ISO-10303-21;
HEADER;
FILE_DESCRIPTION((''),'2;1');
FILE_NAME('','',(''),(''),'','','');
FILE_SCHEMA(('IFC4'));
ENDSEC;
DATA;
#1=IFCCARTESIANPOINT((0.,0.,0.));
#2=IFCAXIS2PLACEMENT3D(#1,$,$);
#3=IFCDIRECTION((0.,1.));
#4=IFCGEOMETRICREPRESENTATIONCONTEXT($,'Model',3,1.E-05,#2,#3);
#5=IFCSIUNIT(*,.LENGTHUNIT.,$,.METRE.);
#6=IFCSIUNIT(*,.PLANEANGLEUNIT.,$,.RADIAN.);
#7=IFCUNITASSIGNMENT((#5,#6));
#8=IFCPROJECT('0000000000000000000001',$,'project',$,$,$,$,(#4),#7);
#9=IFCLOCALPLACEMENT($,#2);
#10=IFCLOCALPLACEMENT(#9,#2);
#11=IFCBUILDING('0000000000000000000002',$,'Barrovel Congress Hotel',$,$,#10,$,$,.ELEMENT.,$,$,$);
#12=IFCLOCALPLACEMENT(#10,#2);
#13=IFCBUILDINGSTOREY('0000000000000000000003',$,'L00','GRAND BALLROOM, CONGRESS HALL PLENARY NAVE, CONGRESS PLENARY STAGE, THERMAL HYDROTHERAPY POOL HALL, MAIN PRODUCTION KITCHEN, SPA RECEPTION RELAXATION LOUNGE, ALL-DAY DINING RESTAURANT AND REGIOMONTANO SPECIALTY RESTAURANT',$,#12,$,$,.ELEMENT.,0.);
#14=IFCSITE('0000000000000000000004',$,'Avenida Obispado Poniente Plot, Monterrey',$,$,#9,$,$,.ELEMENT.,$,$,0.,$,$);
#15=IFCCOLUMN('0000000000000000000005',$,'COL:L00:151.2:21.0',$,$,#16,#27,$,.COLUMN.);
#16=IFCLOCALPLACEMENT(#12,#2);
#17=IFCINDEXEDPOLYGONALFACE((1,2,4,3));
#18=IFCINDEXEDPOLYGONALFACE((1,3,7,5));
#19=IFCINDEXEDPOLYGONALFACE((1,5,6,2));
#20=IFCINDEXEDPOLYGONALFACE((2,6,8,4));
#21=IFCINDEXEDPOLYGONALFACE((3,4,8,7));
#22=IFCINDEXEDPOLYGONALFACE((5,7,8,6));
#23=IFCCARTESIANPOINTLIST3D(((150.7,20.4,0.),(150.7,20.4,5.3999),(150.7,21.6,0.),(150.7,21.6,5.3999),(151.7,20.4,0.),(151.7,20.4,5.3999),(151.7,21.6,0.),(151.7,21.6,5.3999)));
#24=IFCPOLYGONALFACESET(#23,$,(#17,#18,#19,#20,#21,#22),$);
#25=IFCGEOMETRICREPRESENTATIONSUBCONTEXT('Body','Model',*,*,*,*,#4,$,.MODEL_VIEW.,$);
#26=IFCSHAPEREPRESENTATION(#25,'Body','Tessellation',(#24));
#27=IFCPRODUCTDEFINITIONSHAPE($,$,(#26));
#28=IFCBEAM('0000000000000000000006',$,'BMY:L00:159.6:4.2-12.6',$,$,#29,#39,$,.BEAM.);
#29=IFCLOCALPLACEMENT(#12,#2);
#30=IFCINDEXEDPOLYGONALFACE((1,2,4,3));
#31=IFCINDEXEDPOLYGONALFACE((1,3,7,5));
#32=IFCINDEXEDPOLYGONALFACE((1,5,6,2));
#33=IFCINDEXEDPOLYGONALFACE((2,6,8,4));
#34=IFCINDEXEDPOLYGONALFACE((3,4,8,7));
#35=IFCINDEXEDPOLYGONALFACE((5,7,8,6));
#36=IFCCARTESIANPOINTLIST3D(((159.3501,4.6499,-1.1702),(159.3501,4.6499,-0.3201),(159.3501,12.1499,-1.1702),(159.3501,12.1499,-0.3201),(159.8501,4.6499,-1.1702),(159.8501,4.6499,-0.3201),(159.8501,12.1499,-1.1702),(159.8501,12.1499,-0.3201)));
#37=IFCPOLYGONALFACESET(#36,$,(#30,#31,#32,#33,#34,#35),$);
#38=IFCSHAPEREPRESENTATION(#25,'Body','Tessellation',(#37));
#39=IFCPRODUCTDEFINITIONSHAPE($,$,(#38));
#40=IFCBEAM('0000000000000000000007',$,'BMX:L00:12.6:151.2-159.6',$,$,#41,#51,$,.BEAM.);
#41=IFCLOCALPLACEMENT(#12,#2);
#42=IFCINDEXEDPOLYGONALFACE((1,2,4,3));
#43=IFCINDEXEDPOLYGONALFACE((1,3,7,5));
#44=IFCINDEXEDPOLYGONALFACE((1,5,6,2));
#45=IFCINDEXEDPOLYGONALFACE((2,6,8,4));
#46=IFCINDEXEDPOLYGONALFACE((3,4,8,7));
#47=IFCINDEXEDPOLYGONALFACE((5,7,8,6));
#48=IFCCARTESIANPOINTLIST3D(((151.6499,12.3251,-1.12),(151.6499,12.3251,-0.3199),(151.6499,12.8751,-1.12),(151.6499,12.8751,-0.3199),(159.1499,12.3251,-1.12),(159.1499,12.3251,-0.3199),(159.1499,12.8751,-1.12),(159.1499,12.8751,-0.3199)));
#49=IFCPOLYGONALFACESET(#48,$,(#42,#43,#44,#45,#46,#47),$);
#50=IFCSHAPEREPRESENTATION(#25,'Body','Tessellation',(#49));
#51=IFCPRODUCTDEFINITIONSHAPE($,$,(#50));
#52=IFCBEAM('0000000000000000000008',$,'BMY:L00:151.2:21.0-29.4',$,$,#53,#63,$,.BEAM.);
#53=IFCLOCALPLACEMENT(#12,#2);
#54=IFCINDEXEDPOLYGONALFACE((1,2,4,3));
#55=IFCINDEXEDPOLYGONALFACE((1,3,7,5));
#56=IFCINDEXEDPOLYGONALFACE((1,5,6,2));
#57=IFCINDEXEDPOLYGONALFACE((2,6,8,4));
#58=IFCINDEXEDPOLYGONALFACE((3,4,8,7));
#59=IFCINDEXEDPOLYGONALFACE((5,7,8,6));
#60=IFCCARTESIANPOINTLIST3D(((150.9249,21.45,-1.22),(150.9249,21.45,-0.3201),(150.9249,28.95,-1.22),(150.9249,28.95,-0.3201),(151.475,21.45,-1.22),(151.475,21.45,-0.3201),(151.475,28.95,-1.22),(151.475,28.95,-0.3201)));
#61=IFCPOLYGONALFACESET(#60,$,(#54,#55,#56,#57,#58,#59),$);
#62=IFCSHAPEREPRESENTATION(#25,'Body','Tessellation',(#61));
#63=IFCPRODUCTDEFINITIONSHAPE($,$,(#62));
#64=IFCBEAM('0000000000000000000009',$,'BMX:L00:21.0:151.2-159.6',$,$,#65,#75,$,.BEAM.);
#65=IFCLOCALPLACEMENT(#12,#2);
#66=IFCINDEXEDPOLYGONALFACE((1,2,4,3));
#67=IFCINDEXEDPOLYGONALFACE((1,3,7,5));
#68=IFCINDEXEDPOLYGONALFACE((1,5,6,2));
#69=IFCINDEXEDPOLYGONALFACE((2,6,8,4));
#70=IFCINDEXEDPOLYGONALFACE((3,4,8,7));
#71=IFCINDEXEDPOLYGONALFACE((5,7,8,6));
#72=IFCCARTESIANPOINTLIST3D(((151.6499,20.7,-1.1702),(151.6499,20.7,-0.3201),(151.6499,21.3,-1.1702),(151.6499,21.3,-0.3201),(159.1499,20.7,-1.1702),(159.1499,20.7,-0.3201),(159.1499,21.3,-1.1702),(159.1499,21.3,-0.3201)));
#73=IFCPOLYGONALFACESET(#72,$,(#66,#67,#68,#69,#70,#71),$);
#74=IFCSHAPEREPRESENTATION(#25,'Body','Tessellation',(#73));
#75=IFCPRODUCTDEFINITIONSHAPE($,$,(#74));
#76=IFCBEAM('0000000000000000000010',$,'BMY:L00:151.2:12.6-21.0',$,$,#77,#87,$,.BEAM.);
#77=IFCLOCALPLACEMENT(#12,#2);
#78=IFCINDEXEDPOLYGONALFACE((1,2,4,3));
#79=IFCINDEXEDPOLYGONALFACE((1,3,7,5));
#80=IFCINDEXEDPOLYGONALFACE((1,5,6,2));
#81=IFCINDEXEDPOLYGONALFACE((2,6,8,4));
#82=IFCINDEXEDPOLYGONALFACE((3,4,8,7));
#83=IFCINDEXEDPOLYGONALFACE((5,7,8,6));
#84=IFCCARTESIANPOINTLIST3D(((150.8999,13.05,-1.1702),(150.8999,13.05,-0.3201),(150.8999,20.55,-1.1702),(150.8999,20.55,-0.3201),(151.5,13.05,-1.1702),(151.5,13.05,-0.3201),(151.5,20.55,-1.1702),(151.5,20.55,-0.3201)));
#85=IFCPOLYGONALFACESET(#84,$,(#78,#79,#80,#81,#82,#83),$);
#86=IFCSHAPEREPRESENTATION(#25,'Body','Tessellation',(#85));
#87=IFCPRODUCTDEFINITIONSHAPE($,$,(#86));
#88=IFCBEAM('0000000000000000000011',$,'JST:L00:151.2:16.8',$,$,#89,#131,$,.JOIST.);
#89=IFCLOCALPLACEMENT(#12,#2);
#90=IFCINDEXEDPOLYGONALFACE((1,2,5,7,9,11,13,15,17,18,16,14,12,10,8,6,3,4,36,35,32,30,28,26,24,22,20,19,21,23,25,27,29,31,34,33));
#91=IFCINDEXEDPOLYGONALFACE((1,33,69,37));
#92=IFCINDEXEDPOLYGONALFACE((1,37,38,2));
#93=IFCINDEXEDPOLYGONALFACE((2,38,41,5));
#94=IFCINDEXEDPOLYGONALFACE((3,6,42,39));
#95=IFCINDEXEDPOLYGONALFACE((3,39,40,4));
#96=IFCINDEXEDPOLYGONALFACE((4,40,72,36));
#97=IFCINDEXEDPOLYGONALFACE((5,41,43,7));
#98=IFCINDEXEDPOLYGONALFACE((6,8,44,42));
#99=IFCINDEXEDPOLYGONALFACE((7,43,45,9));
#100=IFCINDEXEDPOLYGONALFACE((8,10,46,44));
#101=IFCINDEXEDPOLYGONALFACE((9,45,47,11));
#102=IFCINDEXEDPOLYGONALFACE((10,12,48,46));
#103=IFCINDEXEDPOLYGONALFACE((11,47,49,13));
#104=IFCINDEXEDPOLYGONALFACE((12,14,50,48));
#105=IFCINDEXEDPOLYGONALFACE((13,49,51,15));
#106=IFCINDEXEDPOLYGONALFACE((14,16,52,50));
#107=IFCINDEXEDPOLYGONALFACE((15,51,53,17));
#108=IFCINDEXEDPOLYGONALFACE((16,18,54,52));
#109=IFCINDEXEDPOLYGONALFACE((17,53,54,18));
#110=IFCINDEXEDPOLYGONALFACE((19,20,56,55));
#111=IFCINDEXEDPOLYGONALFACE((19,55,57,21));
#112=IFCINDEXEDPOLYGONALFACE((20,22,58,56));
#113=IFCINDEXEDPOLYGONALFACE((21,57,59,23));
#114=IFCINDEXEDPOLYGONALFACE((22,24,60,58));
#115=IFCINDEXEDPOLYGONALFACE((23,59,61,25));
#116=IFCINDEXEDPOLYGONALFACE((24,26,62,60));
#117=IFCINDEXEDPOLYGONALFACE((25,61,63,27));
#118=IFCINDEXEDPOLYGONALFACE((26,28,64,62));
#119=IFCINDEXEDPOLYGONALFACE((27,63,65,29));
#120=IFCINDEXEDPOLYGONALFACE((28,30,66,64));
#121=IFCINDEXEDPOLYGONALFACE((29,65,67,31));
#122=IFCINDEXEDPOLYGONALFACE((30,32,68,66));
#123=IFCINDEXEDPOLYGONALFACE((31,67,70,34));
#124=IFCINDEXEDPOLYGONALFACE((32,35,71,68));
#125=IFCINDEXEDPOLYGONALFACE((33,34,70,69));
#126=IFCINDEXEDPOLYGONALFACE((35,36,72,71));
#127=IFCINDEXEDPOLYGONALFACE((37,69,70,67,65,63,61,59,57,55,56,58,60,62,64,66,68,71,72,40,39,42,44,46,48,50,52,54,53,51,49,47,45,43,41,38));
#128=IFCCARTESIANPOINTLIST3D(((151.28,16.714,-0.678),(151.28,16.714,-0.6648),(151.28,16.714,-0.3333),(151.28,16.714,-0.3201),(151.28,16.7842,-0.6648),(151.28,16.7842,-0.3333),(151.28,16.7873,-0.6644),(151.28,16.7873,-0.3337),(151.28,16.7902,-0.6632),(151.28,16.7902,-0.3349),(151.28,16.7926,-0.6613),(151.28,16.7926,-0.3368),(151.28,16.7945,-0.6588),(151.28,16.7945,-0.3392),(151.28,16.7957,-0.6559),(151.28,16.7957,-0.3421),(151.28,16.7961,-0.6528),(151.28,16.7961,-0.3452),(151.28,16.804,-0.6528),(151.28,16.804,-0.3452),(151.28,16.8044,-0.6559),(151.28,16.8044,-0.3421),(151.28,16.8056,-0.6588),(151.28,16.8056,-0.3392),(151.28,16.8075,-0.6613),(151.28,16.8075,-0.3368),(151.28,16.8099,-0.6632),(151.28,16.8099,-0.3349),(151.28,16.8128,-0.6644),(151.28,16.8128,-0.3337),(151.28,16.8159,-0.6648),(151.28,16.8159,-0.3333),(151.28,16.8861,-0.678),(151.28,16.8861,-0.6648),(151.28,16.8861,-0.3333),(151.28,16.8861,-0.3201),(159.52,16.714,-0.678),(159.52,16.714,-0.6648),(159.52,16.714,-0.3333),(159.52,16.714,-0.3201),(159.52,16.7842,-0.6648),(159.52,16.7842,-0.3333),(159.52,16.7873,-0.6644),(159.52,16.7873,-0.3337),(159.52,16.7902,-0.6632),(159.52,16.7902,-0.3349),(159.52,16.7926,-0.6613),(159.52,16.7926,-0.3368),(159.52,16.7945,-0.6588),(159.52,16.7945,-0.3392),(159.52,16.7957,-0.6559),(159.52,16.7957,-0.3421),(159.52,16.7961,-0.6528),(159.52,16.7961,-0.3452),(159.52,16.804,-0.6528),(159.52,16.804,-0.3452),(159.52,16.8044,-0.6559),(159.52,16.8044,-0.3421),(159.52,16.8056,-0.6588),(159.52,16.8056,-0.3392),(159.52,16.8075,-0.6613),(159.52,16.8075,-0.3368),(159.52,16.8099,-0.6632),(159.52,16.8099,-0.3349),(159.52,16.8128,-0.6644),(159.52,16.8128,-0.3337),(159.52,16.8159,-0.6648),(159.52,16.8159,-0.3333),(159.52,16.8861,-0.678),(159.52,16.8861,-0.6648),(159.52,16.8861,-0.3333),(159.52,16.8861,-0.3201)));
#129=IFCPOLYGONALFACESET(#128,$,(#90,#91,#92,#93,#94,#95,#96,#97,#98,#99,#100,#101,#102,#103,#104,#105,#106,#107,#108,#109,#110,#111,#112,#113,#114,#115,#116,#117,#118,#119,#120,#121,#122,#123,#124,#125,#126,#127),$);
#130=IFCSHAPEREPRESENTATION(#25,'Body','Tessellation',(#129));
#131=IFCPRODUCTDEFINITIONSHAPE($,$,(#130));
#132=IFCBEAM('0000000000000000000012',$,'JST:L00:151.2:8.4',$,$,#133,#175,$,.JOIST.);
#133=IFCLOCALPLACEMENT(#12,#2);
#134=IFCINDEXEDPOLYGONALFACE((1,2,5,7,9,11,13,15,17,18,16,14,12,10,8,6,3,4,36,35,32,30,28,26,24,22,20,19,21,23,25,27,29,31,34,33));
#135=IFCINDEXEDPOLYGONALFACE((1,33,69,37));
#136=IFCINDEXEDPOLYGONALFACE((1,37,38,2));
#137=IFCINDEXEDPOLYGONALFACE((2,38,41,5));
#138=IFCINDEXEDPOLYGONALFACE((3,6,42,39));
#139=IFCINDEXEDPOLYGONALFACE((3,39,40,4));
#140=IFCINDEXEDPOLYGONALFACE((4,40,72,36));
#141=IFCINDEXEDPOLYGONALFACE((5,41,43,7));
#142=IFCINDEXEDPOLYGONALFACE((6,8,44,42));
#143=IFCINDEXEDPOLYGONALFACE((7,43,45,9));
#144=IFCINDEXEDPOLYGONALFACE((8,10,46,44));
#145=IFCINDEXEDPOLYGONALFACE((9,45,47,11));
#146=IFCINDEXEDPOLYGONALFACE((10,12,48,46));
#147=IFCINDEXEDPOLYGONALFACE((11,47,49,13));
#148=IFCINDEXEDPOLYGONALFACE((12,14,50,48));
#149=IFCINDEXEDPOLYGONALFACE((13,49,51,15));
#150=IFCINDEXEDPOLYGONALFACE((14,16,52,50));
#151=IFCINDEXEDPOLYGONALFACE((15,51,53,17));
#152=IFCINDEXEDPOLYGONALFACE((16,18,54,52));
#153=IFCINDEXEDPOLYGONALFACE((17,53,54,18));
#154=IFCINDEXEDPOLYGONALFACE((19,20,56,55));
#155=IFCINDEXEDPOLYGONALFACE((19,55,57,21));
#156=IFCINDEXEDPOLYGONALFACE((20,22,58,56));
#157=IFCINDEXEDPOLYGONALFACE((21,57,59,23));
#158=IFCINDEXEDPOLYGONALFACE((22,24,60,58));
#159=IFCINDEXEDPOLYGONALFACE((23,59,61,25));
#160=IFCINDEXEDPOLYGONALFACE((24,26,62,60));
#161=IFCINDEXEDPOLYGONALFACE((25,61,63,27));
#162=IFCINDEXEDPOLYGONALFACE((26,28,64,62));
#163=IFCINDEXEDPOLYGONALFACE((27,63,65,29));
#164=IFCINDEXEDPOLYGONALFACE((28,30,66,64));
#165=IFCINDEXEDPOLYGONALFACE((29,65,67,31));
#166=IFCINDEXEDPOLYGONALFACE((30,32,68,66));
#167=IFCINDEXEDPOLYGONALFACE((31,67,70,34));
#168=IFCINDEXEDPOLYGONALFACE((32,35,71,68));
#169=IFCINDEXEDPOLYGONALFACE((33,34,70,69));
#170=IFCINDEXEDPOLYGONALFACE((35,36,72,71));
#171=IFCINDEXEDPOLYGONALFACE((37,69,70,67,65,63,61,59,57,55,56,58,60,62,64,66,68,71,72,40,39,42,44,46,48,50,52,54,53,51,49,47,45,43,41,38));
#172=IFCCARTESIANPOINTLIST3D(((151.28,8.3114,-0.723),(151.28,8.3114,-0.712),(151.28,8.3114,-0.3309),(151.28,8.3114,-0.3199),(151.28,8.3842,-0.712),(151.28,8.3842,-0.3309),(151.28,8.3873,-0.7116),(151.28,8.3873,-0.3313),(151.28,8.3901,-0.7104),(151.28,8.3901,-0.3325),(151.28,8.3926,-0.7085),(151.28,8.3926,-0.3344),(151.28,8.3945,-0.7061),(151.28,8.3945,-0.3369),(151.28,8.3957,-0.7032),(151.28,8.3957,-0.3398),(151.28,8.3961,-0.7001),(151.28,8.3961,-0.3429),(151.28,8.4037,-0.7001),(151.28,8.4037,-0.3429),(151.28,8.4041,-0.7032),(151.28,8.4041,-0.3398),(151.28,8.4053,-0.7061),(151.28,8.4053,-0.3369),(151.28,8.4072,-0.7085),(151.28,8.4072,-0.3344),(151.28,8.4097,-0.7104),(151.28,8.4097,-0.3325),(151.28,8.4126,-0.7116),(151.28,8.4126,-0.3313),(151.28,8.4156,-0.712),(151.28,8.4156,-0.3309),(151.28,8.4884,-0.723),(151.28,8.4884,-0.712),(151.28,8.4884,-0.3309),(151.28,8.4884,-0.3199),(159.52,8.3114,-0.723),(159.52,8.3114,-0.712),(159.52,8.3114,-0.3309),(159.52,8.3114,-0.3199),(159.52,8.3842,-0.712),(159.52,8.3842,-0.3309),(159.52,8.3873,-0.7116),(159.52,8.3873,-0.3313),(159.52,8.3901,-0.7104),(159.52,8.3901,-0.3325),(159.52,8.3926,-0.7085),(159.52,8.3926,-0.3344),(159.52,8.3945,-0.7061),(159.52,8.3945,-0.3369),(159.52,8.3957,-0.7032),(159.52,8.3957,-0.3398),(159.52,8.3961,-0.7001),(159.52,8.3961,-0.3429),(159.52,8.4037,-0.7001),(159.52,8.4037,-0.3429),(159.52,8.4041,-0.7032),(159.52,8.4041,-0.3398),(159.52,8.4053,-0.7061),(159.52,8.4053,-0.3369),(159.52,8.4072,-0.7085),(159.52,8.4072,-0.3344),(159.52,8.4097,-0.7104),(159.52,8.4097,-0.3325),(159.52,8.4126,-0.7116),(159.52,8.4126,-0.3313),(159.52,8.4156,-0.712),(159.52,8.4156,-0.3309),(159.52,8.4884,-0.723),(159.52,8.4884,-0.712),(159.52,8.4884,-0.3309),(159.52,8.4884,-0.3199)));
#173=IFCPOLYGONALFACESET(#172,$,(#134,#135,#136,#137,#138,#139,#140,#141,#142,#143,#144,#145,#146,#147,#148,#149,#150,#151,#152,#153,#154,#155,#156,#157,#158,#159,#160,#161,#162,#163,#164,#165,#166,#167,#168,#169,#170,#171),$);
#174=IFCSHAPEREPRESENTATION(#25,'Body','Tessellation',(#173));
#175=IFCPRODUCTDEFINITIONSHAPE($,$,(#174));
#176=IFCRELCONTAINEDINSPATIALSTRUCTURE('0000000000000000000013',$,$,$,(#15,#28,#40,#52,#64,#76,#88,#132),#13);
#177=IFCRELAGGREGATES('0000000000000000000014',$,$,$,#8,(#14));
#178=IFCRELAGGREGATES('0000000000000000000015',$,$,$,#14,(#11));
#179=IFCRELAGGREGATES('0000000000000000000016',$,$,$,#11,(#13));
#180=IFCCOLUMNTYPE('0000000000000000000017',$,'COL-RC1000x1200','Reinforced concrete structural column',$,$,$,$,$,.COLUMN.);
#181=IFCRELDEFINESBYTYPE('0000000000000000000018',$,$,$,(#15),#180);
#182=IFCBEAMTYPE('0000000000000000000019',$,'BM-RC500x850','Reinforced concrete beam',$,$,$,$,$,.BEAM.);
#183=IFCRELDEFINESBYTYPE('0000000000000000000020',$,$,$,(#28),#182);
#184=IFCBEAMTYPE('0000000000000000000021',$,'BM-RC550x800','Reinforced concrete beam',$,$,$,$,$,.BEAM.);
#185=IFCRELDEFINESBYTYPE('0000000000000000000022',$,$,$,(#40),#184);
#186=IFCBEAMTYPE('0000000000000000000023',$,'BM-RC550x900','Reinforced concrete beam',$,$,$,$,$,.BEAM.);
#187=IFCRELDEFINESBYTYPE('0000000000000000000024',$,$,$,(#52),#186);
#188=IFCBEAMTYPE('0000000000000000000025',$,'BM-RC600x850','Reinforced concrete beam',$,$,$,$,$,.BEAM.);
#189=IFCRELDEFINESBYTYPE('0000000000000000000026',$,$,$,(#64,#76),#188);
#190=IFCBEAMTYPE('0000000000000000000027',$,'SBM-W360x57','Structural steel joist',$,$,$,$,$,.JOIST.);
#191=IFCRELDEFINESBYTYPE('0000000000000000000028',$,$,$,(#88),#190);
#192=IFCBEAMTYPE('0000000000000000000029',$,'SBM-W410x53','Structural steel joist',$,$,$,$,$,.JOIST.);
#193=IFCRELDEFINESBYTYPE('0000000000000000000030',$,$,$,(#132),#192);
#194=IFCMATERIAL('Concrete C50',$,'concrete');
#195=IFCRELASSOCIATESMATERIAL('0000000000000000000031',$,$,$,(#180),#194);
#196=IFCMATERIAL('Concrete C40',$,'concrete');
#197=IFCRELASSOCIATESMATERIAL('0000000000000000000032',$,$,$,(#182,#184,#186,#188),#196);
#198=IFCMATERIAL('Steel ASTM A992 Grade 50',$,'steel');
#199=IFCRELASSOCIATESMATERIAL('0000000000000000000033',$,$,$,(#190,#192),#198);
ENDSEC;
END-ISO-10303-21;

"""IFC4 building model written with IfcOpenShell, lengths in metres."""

from ifc_helpers import new_model, si_unit, direction, frame, origin, origin_2d, place, context, subcontext, project, spatial, rectangle, i_section, extrude, material, material_profile, profile_set, type_object, element, save


model = new_model("IFC4")

# Units and contexts
model_context = context("Model", 3, precision=1e-05, world=origin(), true_north=direction((0.0, 1.0)))
body_context = subcontext(model_context, "Body", "Model", "MODEL_VIEW")
ifc_project = project(units=[si_unit("LENGTHUNIT", "METRE"), si_unit("PLANEANGLEUNIT", "RADIAN")], contexts=[model_context])

# Site, building, storey
site_placement = place(None, origin())
site = spatial("IfcSite", under=ifc_project, at=site_placement, Name="Avenida Obispado Poniente Plot, Monterrey", CompositionType="ELEMENT", RefElevation=0.0)
building_placement = place(site_placement, origin())
building = spatial("IfcBuilding", under=site, at=building_placement, Name="Barrovel Congress Hotel", CompositionType="ELEMENT")
storey_placement = place(building_placement, origin())
storey = spatial("IfcBuildingStorey", under=building, at=storey_placement, Name="L00", Description="GRAND BALLROOM, CONGRESS HALL PLENARY NAVE, CONGRESS PLENARY STAGE, THERMAL HYDROTHERAPY POOL HALL, MAIN PRODUCTION KITCHEN, SPA RECEPTION RELAXATION LOUNGE, ALL-DAY DINING RESTAURANT AND REGIOMONTANO SPECIALTY RESTAURANT", CompositionType="ELEMENT", Elevation=0.0)

# Column
ifc_material_1 = material(Name="Concrete C50", Category="concrete")
ifc_material_profile_1 = material_profile(ifc_material_1, rectangle(XDim=1.0, YDim=1.2, at=origin_2d()), Name="RC1000x1200")
ifc_profile_set_1 = profile_set([ifc_material_profile_1], Name="Concrete C50")
column_type = type_object("IfcColumnType", Name="COL-RC1000x1200", Description="Reinforced concrete structural column", PredefinedType="COLUMN", material=ifc_profile_set_1)
column_placement = place(storey_placement, frame((151.2, 21.0, 0.0), z_axis=(0.0, 0.0, 1.0), x_axis=(1.0, 0.0, 0.0)))
element("IfcColumn", 1, at=column_placement, inside=storey, type_object=column_type, Name="COL:L00:151.2:21.0", PredefinedType="COLUMN", context=body_context, shape_type="SweptSolid", body=[
    extrude(rectangle(XDim=1.0, YDim=1.2, at=origin_2d()), origin(), (0.0, 0.0, 1.0), 5.3999),
])

# Beams
ifc_material_2 = material(Name="Concrete C40", Category="concrete")
ifc_material_profile_2 = material_profile(ifc_material_2, rectangle(XDim=0.5, YDim=0.8501, at=origin_2d()), Name="RC500x850")
ifc_profile_set_2 = profile_set([ifc_material_profile_2], Name="Concrete C40")
beam_type_1 = type_object("IfcBeamType", Name="BM-RC500x850", Description="Reinforced concrete beam", PredefinedType="BEAM", material=ifc_profile_set_2)
beam_1_placement = place(storey_placement, frame((159.6001, 4.6499, -0.7451), z_axis=(0.0, 1.0, 0.0), x_axis=(-1.0, 0.0, 0.0)))
element("IfcBeam", 2, at=beam_1_placement, inside=storey, type_object=beam_type_1, Name="BMY:L00:159.6:4.2-12.6", PredefinedType="BEAM", context=body_context, shape_type="SweptSolid", body=[
    extrude(rectangle(XDim=0.5, YDim=0.8501, at=origin_2d()), origin(), (0.0, 0.0, 1.0), 7.5),
])
ifc_material_profile_3 = material_profile(ifc_material_2, rectangle(XDim=0.55, YDim=0.8, at=origin_2d()), Name="RC550x800")
ifc_profile_set_3 = profile_set([ifc_material_profile_3], Name="Concrete C40")
beam_type_2 = type_object("IfcBeamType", Name="BM-RC550x800", Description="Reinforced concrete beam", PredefinedType="BEAM", material=ifc_profile_set_3)
beam_2_placement = place(storey_placement, frame((151.6499, 12.6001, -0.72), z_axis=(1.0, 0.0, 0.0), x_axis=(0.0, 1.0, 0.0)))
element("IfcBeam", 3, at=beam_2_placement, inside=storey, type_object=beam_type_2, Name="BMX:L00:12.6:151.2-159.6", PredefinedType="BEAM", context=body_context, shape_type="SweptSolid", body=[
    extrude(rectangle(XDim=0.55, YDim=0.8, at=origin_2d()), origin(), (0.0, 0.0, 1.0), 7.5),
])
ifc_material_profile_4 = material_profile(ifc_material_2, rectangle(XDim=0.55, YDim=0.8999, at=origin_2d()), Name="RC550x900")
ifc_profile_set_4 = profile_set([ifc_material_profile_4], Name="Concrete C40")
beam_type_3 = type_object("IfcBeamType", Name="BM-RC550x900", Description="Reinforced concrete beam", PredefinedType="BEAM", material=ifc_profile_set_4)
beam_3_placement = place(storey_placement, frame((151.2, 21.45, -0.77), z_axis=(0.0, 1.0, 0.0), x_axis=(-1.0, 0.0, 0.0)))
element("IfcBeam", 4, at=beam_3_placement, inside=storey, type_object=beam_type_3, Name="BMY:L00:151.2:21.0-29.4", PredefinedType="BEAM", context=body_context, shape_type="SweptSolid", body=[
    extrude(rectangle(XDim=0.55, YDim=0.8999, at=origin_2d()), origin(), (0.0, 0.0, 1.0), 7.5),
])
ifc_material_profile_5 = material_profile(ifc_material_2, rectangle(XDim=0.6001, YDim=0.8501, at=origin_2d()), Name="RC600x850")
ifc_profile_set_5 = profile_set([ifc_material_profile_5], Name="Concrete C40")
beam_type_4 = type_object("IfcBeamType", Name="BM-RC600x850", Description="Reinforced concrete beam", PredefinedType="BEAM", material=ifc_profile_set_5)
for number, where, z_axis, x_axis, name in (
    (5, (151.6499, 21.0, -0.7451), (1.0, 0.0, 0.0), (0.0, 1.0, 0.0), "BMX:L00:21.0:151.2-159.6"),
    (6, (151.2, 13.05, -0.7451), (0.0, 1.0, 0.0), (-1.0, 0.0, 0.0), "BMY:L00:151.2:12.6-21.0"),
):
    element("IfcBeam", number, at=place(storey_placement, frame(where, z_axis=z_axis, x_axis=x_axis)), inside=storey, type_object=beam_type_4, Name=name, PredefinedType="BEAM", context=body_context, shape_type="SweptSolid", body=[
        extrude(rectangle(XDim=0.6001, YDim=0.8501, at=origin_2d()), origin(), (0.0, 0.0, 1.0), 7.5),
    ])
ifc_material_3 = material(Name="Steel ASTM A992 Grade 50", Category="steel")
ifc_material_profile_6 = material_profile(ifc_material_3, i_section(OverallWidth=0.1721, OverallDepth=0.3579, WebThickness=0.0078, FlangeThickness=0.0132, FilletRadius=0.012, at=origin_2d()), Name="W360x57")
ifc_profile_set_6 = profile_set([ifc_material_profile_6], Name="Steel ASTM A992 Grade 50")
beam_type_5 = type_object("IfcBeamType", Name="SBM-W360x57", Description="Structural steel joist", PredefinedType="JOIST", material=ifc_profile_set_6)
beam_4_placement = place(storey_placement, frame((151.28, 16.8, -0.499), z_axis=(1.0, 0.0, 0.0), x_axis=(0.0, 1.0, 0.0)))
element("IfcBeam", 7, at=beam_4_placement, inside=storey, type_object=beam_type_5, Name="JST:L00:151.2:16.8", PredefinedType="JOIST", context=body_context, shape_type="SweptSolid", body=[
    extrude(i_section(OverallWidth=0.1721, OverallDepth=0.3579, WebThickness=0.0078, FlangeThickness=0.0132, FilletRadius=0.012, at=origin_2d()), origin(), (0.0, 0.0, 1.0), 8.24),
])
ifc_material_profile_7 = material_profile(ifc_material_3, i_section(OverallWidth=0.177, OverallDepth=0.4031, WebThickness=0.0076, FlangeThickness=0.011, FilletRadius=0.012, at=origin_2d()), Name="W410x53")
ifc_profile_set_7 = profile_set([ifc_material_profile_7], Name="Steel ASTM A992 Grade 50")
beam_type_6 = type_object("IfcBeamType", Name="SBM-W410x53", Description="Structural steel joist", PredefinedType="JOIST", material=ifc_profile_set_7)
beam_5_placement = place(storey_placement, frame((151.28, 8.3999, -0.5215), z_axis=(1.0, 0.0, 0.0), x_axis=(0.0, 1.0, 0.0)))
element("IfcBeam", 8, at=beam_5_placement, inside=storey, type_object=beam_type_6, Name="JST:L00:151.2:8.4", PredefinedType="JOIST", context=body_context, shape_type="SweptSolid", body=[
    extrude(i_section(OverallWidth=0.177, OverallDepth=0.4031, WebThickness=0.0076, FlangeThickness=0.011, FilletRadius=0.012, at=origin_2d()), origin(), (0.0, 0.0, 1.0), 8.24),
])

save(model, "model.ifc")
